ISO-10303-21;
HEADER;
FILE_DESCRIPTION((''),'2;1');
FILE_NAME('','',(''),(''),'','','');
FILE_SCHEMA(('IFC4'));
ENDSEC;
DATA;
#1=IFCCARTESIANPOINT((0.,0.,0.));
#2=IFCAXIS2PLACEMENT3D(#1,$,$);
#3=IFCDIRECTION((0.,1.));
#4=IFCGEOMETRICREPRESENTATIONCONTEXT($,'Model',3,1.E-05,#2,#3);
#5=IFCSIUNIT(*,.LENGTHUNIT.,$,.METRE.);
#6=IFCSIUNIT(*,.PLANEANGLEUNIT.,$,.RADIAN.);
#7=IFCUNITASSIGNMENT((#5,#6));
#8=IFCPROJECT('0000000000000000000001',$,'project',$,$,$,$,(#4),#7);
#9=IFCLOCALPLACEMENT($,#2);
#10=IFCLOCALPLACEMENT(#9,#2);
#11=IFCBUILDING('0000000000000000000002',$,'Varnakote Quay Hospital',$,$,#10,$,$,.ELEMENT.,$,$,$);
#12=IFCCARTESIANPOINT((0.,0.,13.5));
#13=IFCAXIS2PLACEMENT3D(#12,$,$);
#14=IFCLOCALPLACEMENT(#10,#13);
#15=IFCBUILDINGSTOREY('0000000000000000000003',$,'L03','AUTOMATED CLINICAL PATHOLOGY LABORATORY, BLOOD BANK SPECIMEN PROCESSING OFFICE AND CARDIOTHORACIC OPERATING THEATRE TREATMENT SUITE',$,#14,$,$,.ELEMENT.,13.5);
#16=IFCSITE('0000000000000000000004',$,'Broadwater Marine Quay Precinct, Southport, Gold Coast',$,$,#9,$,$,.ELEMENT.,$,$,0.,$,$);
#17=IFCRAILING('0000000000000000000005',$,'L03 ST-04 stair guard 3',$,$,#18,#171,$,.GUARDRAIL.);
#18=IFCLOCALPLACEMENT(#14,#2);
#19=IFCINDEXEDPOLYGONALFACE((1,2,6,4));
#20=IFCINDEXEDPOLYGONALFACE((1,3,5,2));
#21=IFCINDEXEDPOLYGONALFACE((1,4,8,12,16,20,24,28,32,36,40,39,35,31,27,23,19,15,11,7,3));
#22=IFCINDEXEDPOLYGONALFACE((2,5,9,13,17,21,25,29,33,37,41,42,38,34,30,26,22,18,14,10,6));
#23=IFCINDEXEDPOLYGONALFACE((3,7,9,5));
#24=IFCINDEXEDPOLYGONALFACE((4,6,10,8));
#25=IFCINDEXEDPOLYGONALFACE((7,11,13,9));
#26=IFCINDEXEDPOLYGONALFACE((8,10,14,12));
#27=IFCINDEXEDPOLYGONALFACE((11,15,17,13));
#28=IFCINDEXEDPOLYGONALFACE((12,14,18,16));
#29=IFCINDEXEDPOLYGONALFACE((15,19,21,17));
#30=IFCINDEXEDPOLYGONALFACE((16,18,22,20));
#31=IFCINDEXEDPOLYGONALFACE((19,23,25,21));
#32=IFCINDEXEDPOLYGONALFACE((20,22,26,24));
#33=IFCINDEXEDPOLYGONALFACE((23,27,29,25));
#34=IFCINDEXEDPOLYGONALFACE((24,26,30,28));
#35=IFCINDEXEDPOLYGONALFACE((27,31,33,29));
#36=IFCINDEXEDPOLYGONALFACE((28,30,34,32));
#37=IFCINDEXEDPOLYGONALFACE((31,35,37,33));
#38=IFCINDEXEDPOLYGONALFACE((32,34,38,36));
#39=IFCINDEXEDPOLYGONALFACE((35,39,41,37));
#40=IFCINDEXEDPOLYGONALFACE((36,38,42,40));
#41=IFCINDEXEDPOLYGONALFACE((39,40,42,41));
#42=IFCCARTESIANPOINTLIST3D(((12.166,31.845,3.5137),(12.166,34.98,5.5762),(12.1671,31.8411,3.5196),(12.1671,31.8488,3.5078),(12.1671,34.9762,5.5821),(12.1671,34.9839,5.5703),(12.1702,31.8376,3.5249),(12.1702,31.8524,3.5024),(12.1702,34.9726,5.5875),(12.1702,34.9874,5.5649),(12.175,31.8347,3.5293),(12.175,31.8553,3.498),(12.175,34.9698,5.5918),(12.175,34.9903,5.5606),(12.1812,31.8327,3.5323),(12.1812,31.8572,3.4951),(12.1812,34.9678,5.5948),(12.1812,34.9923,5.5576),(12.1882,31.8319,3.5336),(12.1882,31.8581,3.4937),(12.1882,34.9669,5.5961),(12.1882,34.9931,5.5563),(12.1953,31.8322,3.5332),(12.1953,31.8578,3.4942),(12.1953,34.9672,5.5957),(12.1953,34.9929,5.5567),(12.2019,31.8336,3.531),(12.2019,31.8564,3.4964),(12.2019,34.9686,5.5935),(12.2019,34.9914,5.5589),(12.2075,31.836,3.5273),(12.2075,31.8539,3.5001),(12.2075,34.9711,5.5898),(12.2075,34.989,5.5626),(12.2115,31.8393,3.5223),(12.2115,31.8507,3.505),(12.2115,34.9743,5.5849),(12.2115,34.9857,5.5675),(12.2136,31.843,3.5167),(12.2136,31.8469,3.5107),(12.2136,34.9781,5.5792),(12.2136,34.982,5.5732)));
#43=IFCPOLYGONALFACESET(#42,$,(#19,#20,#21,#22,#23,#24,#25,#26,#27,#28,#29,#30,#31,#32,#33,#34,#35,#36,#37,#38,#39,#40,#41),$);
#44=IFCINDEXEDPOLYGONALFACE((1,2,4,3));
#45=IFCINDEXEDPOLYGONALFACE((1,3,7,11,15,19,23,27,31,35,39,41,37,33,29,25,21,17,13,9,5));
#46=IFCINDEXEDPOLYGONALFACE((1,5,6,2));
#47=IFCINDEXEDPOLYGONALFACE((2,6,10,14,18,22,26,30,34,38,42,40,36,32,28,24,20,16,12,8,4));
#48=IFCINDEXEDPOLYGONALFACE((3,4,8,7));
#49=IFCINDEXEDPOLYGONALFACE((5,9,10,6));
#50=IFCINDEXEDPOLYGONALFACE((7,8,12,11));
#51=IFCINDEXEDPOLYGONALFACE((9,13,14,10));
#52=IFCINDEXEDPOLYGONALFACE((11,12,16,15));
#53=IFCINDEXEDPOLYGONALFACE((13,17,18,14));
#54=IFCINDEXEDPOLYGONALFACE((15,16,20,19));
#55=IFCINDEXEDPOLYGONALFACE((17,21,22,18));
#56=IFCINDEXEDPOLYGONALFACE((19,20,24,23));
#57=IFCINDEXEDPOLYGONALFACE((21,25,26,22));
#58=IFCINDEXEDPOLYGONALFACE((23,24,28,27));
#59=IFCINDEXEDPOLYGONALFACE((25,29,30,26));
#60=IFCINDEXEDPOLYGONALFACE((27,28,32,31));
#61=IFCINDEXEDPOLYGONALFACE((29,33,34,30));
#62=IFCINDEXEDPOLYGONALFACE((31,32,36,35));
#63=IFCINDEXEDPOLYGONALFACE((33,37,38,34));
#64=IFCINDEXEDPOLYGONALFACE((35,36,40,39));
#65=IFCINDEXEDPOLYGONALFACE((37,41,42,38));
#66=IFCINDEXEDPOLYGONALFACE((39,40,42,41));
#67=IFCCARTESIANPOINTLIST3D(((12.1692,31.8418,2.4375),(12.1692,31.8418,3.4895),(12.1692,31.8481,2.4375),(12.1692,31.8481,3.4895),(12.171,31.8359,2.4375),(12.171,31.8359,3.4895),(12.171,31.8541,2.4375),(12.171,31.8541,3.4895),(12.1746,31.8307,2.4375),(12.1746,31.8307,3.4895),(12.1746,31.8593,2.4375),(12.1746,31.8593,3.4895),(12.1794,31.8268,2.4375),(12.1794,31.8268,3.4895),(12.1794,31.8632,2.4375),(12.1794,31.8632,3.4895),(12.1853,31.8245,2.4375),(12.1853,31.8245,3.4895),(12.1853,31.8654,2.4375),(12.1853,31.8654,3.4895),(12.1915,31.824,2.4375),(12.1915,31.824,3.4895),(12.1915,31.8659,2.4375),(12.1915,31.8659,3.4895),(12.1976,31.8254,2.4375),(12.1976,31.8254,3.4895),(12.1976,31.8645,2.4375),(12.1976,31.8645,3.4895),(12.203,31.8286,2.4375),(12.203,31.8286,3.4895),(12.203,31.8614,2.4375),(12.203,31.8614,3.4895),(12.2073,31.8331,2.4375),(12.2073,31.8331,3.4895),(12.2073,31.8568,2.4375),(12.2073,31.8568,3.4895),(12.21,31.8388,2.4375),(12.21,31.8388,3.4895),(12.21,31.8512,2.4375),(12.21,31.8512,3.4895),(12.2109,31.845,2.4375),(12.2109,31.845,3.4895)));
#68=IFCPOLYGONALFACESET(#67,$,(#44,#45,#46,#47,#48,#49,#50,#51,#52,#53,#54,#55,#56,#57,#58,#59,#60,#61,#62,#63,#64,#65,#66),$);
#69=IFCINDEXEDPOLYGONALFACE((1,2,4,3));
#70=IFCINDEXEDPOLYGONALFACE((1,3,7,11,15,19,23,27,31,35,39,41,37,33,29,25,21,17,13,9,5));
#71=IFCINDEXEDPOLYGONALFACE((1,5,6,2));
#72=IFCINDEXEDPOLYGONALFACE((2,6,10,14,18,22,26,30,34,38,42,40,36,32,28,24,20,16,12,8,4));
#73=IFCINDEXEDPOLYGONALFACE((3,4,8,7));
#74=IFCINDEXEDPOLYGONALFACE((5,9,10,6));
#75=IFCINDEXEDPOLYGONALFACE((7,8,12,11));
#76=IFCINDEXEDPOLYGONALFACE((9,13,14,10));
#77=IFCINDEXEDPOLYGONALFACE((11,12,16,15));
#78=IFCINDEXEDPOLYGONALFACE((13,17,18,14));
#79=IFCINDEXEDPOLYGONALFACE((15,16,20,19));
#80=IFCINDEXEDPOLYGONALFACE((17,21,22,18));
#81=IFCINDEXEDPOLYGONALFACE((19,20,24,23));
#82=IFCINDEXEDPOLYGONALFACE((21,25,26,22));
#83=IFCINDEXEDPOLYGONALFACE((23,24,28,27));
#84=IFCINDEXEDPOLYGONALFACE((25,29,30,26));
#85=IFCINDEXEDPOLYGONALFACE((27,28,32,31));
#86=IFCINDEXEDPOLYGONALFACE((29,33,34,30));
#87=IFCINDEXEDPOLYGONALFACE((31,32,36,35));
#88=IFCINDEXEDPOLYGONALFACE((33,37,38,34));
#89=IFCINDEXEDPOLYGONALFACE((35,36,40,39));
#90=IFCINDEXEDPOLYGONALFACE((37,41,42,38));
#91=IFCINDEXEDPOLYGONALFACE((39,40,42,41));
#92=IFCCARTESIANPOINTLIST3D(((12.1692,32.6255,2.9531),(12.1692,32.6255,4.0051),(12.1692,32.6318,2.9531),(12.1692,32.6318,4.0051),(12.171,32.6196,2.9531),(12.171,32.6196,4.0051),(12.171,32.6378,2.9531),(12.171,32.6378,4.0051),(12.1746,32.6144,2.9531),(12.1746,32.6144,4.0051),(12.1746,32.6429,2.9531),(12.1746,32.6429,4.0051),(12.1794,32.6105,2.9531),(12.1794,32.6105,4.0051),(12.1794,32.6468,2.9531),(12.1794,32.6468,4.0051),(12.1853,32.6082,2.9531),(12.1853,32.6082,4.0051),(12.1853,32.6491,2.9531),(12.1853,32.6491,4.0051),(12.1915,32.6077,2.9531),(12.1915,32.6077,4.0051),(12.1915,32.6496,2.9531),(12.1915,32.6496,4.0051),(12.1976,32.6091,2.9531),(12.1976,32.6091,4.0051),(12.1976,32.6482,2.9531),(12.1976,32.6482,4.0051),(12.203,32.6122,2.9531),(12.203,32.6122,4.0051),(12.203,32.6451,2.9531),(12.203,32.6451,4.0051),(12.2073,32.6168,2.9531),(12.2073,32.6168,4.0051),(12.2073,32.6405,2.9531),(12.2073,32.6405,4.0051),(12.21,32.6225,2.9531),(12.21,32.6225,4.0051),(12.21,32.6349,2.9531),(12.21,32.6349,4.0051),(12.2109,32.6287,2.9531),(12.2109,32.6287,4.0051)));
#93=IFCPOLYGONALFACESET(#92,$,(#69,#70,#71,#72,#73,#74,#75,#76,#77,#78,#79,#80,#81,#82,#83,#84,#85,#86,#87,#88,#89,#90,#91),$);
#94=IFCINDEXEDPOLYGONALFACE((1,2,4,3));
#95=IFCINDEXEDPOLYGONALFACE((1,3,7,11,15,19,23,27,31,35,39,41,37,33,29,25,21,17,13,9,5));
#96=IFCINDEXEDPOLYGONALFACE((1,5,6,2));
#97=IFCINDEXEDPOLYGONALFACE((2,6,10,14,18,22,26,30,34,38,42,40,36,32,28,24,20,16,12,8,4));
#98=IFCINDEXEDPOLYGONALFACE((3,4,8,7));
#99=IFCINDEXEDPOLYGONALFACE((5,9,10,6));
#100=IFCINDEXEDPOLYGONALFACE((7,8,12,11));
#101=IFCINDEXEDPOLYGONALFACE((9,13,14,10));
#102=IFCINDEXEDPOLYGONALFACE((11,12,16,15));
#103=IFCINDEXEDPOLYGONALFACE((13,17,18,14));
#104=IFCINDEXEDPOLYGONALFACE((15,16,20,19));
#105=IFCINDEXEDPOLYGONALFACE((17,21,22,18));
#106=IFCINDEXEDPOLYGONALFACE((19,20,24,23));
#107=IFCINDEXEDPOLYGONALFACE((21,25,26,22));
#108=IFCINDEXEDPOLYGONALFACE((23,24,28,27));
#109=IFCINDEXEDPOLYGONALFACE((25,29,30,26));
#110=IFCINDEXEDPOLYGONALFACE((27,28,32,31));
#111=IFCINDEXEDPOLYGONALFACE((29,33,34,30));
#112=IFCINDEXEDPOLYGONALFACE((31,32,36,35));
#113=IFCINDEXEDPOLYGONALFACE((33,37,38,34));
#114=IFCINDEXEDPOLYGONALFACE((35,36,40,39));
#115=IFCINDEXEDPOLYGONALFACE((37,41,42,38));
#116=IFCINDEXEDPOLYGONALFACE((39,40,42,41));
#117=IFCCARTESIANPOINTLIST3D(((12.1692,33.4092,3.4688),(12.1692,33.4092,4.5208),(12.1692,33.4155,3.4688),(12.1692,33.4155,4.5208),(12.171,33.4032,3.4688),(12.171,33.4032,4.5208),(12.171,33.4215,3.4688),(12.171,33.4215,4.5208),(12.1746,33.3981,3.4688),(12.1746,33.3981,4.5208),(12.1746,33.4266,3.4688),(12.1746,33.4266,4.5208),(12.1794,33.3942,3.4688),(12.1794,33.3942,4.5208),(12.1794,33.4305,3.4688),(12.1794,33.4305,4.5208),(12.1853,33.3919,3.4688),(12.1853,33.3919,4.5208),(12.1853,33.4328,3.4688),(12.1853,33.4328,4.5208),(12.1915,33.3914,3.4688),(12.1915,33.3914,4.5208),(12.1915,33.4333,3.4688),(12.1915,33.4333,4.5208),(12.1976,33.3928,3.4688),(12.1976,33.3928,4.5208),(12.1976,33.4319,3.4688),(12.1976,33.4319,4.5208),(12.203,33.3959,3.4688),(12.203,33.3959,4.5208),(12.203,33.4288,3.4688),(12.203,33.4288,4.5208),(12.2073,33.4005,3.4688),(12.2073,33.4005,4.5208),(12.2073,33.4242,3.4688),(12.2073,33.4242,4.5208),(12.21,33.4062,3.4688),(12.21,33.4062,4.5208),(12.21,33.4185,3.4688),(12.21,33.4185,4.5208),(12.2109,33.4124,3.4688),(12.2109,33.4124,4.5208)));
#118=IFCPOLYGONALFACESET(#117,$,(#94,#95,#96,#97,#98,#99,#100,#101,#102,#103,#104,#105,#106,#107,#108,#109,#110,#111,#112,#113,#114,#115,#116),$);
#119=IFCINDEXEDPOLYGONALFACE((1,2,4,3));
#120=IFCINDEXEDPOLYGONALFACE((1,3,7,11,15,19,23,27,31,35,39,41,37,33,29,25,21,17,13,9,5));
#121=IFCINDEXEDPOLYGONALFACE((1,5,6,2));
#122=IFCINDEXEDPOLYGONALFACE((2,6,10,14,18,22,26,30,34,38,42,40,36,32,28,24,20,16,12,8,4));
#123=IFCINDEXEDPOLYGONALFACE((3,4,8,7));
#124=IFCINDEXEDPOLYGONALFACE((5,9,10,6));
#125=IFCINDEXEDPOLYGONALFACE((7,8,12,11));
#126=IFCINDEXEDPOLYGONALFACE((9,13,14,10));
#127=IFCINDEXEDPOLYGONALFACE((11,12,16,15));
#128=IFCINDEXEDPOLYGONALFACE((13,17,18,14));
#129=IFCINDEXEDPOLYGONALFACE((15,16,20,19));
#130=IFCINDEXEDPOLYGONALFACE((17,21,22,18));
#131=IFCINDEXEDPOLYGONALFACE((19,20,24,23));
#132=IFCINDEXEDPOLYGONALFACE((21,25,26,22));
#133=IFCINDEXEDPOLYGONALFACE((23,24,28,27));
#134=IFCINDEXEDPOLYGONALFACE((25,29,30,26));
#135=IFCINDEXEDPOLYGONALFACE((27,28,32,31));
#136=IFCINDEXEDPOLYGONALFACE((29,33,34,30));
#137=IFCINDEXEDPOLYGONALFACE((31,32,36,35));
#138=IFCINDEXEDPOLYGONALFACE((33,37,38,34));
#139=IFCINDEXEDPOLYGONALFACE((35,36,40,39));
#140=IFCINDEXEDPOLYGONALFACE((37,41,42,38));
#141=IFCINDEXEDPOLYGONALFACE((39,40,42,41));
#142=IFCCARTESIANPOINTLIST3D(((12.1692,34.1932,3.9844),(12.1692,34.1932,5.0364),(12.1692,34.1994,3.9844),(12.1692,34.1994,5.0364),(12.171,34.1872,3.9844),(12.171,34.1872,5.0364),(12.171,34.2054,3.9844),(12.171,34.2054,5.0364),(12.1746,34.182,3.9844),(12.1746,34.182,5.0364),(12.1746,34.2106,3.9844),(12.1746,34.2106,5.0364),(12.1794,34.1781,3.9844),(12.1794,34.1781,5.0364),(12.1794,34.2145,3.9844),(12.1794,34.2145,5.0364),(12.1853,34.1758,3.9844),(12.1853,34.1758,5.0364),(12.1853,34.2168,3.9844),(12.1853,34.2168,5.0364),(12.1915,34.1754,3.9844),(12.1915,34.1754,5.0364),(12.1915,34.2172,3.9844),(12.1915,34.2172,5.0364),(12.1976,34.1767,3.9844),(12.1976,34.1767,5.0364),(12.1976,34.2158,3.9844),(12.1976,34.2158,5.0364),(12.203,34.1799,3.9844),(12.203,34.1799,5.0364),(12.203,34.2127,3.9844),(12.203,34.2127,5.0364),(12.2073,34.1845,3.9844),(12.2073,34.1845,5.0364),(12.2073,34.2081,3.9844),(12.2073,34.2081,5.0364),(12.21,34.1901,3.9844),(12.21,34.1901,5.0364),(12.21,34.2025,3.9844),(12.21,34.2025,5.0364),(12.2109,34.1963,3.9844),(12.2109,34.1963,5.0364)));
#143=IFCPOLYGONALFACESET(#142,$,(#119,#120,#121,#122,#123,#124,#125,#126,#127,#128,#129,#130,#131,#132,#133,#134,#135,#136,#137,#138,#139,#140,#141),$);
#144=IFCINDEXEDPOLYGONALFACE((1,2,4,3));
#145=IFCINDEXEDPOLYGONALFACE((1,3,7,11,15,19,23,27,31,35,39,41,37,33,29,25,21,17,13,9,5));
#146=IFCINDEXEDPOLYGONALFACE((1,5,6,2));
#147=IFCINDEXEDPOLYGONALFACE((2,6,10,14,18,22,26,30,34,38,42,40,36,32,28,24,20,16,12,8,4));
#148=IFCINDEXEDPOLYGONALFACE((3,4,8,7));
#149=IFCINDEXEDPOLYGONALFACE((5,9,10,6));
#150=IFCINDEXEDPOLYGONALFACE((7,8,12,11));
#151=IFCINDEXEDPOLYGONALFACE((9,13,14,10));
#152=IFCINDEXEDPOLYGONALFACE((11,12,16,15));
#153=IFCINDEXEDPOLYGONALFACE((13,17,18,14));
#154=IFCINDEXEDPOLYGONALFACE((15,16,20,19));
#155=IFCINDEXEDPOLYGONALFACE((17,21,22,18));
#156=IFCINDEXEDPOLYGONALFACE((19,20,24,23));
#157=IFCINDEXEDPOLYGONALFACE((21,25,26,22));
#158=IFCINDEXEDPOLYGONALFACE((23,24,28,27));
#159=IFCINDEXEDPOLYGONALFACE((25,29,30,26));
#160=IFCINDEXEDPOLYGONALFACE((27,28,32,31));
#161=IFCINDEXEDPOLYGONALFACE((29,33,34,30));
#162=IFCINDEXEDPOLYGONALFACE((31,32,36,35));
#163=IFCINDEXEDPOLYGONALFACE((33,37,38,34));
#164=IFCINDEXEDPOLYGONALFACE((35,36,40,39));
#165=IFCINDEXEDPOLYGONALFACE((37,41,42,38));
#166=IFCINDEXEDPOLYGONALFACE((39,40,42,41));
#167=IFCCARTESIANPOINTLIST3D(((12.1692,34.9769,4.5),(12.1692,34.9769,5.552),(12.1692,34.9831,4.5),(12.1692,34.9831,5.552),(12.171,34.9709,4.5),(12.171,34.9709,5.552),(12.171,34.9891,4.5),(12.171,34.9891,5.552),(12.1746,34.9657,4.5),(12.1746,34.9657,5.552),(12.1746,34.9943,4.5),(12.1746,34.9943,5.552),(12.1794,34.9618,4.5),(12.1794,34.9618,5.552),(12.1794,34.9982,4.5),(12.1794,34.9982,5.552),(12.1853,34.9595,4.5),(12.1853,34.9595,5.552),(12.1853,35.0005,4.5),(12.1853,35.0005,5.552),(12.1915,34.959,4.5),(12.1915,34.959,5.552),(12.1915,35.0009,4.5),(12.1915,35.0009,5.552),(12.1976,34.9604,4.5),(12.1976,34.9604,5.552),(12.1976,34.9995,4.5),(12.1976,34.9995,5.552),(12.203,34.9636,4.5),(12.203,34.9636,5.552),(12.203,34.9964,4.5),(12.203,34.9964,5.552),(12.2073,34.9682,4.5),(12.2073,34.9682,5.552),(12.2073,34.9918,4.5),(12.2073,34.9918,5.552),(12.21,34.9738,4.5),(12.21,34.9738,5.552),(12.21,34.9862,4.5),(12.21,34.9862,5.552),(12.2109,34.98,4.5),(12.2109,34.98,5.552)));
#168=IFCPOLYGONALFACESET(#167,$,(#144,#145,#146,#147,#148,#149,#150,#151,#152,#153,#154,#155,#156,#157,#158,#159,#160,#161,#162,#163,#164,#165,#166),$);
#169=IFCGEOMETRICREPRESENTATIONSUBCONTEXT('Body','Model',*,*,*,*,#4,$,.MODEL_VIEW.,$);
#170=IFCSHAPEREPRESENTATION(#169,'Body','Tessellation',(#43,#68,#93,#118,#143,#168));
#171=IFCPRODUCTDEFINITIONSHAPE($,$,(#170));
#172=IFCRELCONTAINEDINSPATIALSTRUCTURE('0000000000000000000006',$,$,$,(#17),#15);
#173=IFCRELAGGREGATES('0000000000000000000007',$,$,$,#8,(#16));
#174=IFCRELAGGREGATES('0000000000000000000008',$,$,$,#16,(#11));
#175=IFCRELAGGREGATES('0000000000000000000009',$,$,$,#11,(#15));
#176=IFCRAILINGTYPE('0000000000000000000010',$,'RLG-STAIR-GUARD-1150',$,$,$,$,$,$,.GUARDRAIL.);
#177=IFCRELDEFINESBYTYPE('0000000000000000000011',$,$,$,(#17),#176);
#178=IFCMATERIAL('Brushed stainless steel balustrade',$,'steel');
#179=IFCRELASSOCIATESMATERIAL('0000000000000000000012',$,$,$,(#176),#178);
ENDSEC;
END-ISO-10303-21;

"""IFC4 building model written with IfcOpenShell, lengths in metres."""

from ifc_helpers import new_model, si_unit, direction, frame, origin, origin_2d, place, context, subcontext, project, spatial, circle, extrude, material, type_object, element, save


model = new_model("IFC4")

# Units and contexts
model_context = context("Model", 3, precision=1e-05, world=origin(), true_north=direction((0.0, 1.0)))
body_context = subcontext(model_context, "Body", "Model", "MODEL_VIEW")
ifc_project = project(units=[si_unit("LENGTHUNIT", "METRE"), si_unit("PLANEANGLEUNIT", "RADIAN")], contexts=[model_context])

# Site, building, storey
site_placement = place(None, origin())
site = spatial("IfcSite", under=ifc_project, at=site_placement, Name="Broadwater Marine Quay Precinct, Southport, Gold Coast", CompositionType="ELEMENT", RefElevation=0.0)
building_placement = place(site_placement, origin())
building = spatial("IfcBuilding", under=site, at=building_placement, Name="Varnakote Quay Hospital", CompositionType="ELEMENT")
storey_placement = place(building_placement, frame((0.0, 0.0, 13.5)))
storey = spatial("IfcBuildingStorey", under=building, at=storey_placement, Name="L03", Description="AUTOMATED CLINICAL PATHOLOGY LABORATORY, BLOOD BANK SPECIMEN PROCESSING OFFICE AND CARDIOTHORACIC OPERATING THEATRE TREATMENT SUITE", CompositionType="ELEMENT", Elevation=13.5)

# Railing
ifc_material_1 = material(Name="Brushed stainless steel balustrade", Category="steel")
railing_type_1 = type_object("IfcRailingType", Name="RLG-STAIR-GUARD-1150", PredefinedType="GUARDRAIL", material=ifc_material_1)
railing_1_placement = place(storey_placement, frame((12.1899, 31.845, 2.4375)))
element("IfcRailing", 1, at=railing_1_placement, inside=storey, type_object=railing_type_1, Name="L03 ST-04 stair guard 3", PredefinedType="GUARDRAIL", context=body_context, shape_type="SweptSolid", body=[
    extrude(circle(Radius=0.0239, at=origin_2d()), frame((0.0, 0.0, 1.0762), z_axis=(0.0, 0.835418, 0.549615), x_axis=(-1.0, 0.0, 0.0)), (0.0, 0.0, 1.0), 3.7527),
    extrude(circle(Radius=0.021, at=origin_2d()), origin(), (0.0, 0.0, 1.0), 1.052),
    extrude(circle(Radius=0.021, at=origin_2d()), frame((0.0, 0.7837, 0.5156)), (0.0, 0.0, 1.0), 1.052),
    extrude(circle(Radius=0.021, at=origin_2d()), frame((0.0, 1.5674, 1.0312)), (0.0, 0.0, 1.0), 1.052),
    extrude(circle(Radius=0.021, at=origin_2d()), frame((0.0, 2.3513, 1.5469)), (0.0, 0.0, 1.0), 1.052),
    extrude(circle(Radius=0.021, at=origin_2d()), frame((0.0, 3.135, 2.0625)), (0.0, 0.0, 1.0), 1.052),
])

save(model, "model.ifc")
